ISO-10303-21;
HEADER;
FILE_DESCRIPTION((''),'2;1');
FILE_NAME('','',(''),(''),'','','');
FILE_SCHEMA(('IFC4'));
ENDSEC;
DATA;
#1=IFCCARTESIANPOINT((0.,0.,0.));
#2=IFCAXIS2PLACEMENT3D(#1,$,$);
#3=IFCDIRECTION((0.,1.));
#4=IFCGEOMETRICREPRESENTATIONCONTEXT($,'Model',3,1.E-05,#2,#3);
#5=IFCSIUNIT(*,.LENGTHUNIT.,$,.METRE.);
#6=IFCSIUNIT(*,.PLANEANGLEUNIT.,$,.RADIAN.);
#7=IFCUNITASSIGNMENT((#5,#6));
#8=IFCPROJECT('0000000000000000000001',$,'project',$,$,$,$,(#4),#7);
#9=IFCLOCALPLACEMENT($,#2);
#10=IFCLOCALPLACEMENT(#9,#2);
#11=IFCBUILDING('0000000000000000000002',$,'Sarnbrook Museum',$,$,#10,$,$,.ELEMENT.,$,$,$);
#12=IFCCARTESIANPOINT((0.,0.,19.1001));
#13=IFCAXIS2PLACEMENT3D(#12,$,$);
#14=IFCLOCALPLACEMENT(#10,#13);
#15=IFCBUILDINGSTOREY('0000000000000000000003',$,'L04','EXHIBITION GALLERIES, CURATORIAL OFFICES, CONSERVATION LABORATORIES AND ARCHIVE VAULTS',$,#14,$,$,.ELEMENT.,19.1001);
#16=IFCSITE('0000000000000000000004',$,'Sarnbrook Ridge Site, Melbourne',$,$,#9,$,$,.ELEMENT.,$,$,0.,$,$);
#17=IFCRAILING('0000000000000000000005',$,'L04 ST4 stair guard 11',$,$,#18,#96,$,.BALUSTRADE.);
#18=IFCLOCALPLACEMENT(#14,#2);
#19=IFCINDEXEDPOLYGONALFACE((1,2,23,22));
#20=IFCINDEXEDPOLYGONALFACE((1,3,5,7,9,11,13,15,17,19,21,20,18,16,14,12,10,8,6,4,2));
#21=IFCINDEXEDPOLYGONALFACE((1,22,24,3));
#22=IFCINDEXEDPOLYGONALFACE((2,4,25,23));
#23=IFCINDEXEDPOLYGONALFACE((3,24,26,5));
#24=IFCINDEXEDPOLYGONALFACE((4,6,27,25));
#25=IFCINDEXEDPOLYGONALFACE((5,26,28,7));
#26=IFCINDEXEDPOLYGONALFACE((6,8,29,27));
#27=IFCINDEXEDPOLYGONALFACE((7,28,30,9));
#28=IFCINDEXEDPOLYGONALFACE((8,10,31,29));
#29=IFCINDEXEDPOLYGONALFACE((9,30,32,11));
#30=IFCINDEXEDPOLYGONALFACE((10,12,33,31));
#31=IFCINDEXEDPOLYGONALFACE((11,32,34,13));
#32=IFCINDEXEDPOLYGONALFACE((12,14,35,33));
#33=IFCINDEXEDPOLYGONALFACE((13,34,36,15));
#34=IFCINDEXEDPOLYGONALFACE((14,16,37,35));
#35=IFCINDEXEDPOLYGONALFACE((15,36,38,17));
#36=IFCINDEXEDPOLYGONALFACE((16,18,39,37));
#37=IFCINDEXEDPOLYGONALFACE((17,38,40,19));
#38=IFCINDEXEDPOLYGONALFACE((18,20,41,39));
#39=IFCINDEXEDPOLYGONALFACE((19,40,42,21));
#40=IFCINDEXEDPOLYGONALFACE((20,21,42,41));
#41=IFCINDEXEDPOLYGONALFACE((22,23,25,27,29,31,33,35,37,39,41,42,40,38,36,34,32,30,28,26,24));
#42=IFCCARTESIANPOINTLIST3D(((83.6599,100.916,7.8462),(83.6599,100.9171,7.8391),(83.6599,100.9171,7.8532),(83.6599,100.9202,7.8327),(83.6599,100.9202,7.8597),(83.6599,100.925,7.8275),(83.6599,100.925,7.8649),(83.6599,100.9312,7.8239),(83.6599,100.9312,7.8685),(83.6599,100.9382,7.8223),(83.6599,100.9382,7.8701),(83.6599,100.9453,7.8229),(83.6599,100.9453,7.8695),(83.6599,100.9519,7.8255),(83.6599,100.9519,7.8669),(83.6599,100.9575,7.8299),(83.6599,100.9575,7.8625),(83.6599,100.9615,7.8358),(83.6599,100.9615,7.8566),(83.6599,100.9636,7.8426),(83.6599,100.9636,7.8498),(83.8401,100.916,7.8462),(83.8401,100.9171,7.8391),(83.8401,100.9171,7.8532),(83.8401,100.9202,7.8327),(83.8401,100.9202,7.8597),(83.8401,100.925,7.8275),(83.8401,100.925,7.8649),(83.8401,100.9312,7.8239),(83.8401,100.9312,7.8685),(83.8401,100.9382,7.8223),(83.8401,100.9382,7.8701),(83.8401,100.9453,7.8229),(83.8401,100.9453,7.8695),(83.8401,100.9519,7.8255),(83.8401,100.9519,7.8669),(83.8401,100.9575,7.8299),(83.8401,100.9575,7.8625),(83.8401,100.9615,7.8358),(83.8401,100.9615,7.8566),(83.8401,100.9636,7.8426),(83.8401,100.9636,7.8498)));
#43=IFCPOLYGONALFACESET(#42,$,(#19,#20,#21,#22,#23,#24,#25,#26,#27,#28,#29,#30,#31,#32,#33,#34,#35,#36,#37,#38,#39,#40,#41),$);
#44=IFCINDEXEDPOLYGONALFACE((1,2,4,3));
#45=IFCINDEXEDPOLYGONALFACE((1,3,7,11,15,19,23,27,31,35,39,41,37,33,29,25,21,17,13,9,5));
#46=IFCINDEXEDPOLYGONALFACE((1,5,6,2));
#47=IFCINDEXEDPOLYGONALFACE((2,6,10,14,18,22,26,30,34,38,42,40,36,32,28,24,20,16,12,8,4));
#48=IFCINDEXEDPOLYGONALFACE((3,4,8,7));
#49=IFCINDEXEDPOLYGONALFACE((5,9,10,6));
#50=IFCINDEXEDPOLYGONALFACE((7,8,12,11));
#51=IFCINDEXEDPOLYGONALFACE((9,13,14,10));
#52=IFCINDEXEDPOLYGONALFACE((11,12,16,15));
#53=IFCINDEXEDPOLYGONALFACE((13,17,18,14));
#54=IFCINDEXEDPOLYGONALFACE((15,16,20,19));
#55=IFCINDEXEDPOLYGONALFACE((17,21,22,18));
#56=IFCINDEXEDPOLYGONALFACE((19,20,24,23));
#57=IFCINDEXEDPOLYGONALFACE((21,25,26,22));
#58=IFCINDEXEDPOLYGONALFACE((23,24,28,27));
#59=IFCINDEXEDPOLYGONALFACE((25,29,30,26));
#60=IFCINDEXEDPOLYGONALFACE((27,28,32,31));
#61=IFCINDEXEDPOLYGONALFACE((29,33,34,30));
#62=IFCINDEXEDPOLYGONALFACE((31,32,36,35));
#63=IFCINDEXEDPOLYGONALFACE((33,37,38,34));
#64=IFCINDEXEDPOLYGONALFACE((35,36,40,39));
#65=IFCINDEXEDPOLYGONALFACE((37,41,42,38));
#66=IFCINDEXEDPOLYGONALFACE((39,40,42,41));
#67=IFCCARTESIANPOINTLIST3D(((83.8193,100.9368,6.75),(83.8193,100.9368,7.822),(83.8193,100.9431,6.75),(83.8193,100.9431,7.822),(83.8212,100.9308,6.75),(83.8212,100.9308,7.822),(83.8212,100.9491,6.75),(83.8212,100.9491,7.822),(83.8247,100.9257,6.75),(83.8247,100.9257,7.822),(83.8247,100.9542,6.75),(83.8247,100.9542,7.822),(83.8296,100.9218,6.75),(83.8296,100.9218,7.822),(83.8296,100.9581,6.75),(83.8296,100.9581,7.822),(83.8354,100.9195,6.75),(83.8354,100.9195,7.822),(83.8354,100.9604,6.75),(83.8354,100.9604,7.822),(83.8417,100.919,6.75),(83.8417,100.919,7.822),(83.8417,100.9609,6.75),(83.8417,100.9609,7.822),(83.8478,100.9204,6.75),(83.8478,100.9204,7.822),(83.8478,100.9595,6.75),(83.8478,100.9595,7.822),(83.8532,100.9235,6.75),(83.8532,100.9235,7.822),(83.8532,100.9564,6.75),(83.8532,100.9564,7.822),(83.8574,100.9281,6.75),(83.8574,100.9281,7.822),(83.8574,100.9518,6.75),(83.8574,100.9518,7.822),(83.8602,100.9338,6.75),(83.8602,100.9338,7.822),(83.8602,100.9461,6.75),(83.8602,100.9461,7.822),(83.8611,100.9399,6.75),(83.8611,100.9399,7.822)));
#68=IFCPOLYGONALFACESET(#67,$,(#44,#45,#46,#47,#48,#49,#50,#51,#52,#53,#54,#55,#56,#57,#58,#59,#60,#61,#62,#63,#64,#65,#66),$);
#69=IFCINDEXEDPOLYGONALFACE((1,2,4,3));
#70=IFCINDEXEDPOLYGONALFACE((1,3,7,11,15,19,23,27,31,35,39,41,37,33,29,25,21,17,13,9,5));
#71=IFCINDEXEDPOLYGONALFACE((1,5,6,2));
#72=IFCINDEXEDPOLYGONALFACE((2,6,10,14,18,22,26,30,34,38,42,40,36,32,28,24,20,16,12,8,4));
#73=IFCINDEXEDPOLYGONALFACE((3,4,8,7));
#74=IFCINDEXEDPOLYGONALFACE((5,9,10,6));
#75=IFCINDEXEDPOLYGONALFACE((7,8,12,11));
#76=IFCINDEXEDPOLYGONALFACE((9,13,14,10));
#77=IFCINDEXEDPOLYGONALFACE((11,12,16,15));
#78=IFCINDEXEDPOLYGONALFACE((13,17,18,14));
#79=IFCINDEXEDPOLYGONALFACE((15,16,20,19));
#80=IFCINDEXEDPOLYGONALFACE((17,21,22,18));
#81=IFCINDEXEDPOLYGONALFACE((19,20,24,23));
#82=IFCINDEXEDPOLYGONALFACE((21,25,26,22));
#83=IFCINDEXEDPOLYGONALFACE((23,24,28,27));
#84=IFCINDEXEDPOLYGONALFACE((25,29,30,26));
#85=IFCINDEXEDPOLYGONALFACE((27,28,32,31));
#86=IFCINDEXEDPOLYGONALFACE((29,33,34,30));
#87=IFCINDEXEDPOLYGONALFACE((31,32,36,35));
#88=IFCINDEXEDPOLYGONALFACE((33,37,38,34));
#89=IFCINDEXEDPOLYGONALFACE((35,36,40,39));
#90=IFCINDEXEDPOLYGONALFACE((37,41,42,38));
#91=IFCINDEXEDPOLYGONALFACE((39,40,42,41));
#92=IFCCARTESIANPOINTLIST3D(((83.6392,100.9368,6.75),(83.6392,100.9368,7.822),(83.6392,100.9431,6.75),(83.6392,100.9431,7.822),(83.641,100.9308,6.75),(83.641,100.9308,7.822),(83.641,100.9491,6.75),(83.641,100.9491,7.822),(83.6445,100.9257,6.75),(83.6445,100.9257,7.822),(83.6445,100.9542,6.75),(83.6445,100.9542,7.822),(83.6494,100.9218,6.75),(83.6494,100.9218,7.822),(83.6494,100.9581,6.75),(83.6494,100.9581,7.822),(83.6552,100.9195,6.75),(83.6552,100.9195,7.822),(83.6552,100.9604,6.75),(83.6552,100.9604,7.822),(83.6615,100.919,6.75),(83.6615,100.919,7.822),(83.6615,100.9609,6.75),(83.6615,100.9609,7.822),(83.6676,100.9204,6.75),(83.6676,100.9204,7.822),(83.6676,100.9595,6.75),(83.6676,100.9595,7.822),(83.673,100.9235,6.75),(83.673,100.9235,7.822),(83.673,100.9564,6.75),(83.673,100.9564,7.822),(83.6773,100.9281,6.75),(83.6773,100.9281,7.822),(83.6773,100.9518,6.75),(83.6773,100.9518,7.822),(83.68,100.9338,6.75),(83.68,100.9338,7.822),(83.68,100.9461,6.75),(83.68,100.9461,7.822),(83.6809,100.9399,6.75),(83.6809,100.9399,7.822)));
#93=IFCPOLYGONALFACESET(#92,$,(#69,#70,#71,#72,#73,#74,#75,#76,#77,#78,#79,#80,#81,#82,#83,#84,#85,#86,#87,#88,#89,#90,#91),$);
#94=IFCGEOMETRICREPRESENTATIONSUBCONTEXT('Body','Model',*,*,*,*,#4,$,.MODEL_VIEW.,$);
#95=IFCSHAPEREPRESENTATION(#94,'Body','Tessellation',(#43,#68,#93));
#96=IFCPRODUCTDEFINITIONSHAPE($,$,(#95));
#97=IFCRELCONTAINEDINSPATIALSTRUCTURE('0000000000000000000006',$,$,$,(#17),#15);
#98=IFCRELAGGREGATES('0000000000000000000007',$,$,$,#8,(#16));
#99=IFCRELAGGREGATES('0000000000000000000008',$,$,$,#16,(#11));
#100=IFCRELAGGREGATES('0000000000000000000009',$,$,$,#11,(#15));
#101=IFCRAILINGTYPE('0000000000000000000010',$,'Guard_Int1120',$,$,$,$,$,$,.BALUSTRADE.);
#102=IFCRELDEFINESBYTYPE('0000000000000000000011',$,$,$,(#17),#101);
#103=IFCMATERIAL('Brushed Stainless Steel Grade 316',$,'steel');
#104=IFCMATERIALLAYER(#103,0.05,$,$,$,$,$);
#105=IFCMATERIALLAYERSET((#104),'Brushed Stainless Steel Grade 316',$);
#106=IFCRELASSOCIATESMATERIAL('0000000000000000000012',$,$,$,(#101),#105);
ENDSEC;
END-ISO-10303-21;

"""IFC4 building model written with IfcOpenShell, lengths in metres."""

from ifc_helpers import new_model, si_unit, direction, frame, origin, origin_2d, place, context, subcontext, project, spatial, circle, extrude, material, layer, layer_set, type_object, element, save


model = new_model("IFC4")

# Units and contexts
model_context = context("Model", 3, precision=1e-05, world=origin(), true_north=direction((0.0, 1.0)))
body_context = subcontext(model_context, "Body", "Model", "MODEL_VIEW")
ifc_project = project(units=[si_unit("LENGTHUNIT", "METRE"), si_unit("PLANEANGLEUNIT", "RADIAN")], contexts=[model_context])

# Site, building, storey
site_placement = place(None, origin())
site = spatial("IfcSite", under=ifc_project, at=site_placement, Name="Sarnbrook Ridge Site, Melbourne", CompositionType="ELEMENT", RefElevation=0.0)
building_placement = place(site_placement, origin())
building = spatial("IfcBuilding", under=site, at=building_placement, Name="Sarnbrook Museum", CompositionType="ELEMENT")
storey_placement = place(building_placement, frame((0.0, 0.0, 19.1001)))
storey = spatial("IfcBuildingStorey", under=building, at=storey_placement, Name="L04", Description="EXHIBITION GALLERIES, CURATORIAL OFFICES, CONSERVATION LABORATORIES AND ARCHIVE VAULTS", CompositionType="ELEMENT", Elevation=19.1001)

# Shared definitions
ifc_material_1 = material(Name="Brushed Stainless Steel Grade 316", Category="steel")

# Railing
ifc_layer_1 = layer(ifc_material_1, 0.05)
ifc_layer_set_1 = layer_set([ifc_layer_1], Name="Brushed Stainless Steel Grade 316")
railing_type = type_object("IfcRailingType", Name="Guard_Int1120", PredefinedType="BALUSTRADE", material=ifc_layer_set_1)
railing_1_placement = place(storey_placement, frame((83.8401, 100.9399, 6.75)))
element("IfcRailing", 1, at=railing_1_placement, inside=storey, type_object=railing_type, Name="L04 ST4 stair guard 11", PredefinedType="BALUSTRADE", context=body_context, shape_type="SweptSolid", body=[
    extrude(circle(Radius=0.0239, at=origin_2d()), frame((0.0, 0.0, 1.0962), z_axis=(-1.0, 0.0, 0.0), x_axis=(0.0, -1.0, 0.0)), (0.0, 0.0, 1.0), 0.1802),
    extrude(circle(Radius=0.021, at=origin_2d()), origin(), (0.0, 0.0, 1.0), 1.072),
    extrude(circle(Radius=0.021, at=origin_2d()), frame((-0.1802, 0.0, 0.0)), (0.0, 0.0, 1.0), 1.072),
])

save(model, "model.ifc")
